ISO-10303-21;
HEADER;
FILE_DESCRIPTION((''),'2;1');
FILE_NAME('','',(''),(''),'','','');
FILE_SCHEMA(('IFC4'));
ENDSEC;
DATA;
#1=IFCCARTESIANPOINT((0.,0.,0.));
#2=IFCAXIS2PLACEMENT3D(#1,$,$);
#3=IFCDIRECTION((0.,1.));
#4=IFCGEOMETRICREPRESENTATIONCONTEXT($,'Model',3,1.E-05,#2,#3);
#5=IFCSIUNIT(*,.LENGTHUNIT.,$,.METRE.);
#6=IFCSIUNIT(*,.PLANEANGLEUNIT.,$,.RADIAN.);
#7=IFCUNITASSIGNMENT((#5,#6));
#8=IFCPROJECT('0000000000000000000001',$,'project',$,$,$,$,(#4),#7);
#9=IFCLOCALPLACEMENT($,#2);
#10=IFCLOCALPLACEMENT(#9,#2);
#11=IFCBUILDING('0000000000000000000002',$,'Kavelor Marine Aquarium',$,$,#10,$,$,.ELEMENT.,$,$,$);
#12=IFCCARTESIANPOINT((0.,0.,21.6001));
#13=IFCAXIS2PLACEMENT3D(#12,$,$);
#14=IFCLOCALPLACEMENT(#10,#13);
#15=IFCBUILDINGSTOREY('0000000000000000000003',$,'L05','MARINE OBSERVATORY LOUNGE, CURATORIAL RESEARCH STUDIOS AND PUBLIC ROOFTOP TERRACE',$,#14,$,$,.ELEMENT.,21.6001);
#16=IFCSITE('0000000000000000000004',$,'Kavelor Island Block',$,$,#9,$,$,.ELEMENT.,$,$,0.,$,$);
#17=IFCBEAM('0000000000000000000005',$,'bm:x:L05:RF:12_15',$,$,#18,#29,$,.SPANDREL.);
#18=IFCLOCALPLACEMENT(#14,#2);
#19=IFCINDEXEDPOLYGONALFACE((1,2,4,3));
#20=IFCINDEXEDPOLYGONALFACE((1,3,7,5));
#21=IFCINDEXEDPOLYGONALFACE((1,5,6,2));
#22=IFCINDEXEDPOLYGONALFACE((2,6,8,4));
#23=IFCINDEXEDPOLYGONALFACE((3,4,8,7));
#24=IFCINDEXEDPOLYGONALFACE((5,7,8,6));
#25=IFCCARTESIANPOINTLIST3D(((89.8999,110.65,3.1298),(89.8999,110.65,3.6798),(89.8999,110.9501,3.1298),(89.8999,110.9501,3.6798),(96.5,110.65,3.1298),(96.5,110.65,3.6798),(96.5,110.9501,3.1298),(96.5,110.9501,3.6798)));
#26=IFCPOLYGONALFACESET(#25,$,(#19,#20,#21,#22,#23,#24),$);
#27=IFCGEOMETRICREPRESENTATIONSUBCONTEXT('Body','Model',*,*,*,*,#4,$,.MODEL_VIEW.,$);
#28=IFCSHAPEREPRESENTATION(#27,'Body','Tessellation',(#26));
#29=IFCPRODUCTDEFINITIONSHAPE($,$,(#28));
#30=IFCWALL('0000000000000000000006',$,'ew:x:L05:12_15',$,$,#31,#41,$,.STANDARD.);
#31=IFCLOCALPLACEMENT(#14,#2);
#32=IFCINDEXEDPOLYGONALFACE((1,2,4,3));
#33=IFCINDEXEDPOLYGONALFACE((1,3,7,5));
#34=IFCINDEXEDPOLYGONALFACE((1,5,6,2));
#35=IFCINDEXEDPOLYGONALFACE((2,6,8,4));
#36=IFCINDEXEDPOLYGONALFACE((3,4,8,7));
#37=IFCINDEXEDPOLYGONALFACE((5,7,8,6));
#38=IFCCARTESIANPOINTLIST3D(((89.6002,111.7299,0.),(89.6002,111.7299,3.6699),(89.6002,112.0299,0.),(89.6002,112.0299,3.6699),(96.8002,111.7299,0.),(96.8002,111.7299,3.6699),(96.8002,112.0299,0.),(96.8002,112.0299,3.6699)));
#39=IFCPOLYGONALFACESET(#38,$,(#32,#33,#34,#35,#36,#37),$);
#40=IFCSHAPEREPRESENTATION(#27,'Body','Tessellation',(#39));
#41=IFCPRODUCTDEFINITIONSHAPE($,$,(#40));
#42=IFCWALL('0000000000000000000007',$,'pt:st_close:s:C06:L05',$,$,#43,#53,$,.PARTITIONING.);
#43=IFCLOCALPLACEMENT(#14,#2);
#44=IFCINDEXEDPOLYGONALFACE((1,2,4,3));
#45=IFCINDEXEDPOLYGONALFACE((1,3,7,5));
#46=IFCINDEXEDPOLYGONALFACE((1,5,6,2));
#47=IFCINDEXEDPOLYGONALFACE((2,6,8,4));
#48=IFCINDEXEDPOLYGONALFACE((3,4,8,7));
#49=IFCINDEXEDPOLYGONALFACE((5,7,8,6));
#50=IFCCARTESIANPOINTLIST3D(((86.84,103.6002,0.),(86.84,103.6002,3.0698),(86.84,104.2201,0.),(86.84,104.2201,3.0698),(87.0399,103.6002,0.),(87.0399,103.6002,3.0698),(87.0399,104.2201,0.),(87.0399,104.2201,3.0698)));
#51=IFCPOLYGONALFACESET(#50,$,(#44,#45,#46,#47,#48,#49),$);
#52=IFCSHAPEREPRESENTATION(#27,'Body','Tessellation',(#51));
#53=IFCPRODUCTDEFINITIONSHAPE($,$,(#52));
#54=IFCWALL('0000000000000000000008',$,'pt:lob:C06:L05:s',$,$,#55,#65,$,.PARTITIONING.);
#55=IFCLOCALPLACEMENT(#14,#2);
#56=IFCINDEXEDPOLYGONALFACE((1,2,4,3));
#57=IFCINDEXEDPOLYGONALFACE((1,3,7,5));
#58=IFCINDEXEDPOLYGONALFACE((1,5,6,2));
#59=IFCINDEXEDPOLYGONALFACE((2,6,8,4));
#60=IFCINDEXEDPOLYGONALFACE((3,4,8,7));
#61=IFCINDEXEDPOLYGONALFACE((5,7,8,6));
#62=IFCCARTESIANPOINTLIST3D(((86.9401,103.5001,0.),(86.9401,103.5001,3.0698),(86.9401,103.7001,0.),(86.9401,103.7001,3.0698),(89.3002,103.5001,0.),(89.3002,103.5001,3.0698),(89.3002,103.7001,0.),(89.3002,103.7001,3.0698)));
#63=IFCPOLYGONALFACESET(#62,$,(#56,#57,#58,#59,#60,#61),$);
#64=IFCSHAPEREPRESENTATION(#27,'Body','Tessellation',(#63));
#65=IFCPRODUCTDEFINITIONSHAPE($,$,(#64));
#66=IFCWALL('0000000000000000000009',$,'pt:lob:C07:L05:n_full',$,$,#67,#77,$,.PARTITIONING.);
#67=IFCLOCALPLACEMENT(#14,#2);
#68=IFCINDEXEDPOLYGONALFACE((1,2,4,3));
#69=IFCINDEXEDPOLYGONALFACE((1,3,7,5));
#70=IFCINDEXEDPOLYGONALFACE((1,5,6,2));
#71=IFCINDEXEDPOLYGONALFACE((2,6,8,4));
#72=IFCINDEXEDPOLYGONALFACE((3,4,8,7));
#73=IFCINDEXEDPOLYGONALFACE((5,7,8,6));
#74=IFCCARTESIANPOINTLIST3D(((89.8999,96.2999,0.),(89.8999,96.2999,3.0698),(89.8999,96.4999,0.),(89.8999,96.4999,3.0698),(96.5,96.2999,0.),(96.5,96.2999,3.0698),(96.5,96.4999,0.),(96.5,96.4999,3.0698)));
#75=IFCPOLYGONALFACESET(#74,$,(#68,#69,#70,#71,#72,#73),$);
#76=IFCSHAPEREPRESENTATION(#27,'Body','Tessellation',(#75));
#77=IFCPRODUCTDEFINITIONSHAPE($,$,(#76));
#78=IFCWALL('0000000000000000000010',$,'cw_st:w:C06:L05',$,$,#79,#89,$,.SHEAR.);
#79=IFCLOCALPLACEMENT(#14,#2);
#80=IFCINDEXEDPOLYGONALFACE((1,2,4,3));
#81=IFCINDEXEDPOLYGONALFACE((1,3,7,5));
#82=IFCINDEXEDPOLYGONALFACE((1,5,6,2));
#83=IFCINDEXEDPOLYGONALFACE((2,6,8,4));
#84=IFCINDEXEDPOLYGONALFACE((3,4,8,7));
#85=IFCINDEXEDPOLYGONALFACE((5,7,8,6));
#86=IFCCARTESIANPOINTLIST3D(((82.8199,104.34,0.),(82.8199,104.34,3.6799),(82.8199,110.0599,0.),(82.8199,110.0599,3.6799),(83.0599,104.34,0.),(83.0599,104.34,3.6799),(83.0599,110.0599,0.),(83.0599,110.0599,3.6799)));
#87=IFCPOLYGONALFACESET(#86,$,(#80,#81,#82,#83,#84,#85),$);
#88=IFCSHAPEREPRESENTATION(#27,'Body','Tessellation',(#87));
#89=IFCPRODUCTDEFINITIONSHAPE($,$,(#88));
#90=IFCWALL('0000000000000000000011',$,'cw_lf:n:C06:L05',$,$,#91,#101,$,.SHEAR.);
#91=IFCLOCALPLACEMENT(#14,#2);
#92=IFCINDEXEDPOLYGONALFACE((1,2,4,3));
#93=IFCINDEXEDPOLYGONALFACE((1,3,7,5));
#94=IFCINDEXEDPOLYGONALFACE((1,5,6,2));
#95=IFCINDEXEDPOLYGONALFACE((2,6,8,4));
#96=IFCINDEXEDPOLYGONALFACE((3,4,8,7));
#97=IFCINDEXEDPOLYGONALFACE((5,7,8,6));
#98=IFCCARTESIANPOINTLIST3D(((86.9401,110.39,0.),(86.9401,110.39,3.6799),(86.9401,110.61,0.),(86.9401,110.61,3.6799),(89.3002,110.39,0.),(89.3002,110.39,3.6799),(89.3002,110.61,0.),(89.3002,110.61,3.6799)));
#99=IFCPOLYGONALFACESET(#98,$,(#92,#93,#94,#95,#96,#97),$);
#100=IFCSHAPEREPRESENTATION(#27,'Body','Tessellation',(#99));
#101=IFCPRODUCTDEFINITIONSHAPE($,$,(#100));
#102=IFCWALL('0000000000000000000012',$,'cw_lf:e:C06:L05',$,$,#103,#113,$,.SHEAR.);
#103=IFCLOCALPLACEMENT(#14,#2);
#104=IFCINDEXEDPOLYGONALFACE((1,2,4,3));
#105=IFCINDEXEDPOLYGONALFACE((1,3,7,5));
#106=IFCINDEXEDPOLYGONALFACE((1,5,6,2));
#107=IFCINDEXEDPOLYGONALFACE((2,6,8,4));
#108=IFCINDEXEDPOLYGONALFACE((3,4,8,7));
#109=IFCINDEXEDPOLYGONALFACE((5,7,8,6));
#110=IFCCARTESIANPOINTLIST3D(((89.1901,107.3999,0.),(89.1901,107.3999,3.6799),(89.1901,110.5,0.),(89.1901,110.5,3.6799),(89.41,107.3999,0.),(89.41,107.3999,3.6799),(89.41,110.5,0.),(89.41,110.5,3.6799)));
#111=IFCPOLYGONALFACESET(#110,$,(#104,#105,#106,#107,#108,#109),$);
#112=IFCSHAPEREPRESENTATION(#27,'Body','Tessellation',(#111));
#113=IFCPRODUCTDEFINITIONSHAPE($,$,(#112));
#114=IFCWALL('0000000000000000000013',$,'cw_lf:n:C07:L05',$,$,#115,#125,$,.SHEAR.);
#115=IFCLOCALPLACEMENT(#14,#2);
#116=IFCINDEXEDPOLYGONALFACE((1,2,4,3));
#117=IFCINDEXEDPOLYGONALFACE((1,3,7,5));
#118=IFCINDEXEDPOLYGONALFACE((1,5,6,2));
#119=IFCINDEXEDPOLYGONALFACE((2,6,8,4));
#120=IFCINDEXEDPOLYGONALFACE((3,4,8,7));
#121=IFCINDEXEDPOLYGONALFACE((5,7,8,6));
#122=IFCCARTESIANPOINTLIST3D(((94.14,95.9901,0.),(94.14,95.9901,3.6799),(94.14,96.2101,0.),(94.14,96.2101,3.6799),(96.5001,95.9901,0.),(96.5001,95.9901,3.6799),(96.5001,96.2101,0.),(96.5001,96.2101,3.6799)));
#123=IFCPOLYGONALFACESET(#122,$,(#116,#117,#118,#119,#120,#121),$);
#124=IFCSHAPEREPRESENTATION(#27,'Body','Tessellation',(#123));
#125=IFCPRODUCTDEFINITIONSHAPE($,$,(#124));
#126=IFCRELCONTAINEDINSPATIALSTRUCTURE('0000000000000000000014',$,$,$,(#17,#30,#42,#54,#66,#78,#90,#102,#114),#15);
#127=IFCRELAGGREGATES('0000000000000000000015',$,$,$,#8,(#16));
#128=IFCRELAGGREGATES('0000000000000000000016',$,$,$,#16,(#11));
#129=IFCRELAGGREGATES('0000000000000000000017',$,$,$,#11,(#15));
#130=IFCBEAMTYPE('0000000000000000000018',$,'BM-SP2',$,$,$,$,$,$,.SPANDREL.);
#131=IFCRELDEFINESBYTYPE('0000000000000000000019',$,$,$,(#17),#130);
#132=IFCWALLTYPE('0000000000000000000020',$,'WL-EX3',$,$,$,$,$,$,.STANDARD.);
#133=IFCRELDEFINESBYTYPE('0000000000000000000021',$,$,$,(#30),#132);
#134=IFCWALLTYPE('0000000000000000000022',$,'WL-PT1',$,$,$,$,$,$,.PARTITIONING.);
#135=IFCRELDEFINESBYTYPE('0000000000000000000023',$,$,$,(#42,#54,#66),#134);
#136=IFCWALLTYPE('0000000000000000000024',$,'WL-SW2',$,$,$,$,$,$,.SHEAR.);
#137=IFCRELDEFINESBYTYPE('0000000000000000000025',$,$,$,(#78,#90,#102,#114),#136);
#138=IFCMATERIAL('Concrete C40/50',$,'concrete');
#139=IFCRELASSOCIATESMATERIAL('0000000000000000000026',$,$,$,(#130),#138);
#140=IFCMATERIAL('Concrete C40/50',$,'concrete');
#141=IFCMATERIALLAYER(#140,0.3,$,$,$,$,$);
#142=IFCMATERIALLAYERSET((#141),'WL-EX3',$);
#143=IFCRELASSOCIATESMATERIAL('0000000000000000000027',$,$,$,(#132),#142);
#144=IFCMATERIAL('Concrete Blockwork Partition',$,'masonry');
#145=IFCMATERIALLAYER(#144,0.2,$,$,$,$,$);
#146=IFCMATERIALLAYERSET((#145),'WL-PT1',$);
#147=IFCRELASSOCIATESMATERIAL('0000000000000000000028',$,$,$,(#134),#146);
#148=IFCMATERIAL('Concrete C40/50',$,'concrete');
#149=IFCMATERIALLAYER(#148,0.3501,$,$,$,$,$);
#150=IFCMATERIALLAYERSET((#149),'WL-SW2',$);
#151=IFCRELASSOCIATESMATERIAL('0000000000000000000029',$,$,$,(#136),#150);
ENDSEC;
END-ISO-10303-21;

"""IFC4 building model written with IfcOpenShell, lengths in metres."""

from ifc_helpers import new_model, si_unit, direction, frame, frame_2d, origin, origin_2d, place, context, subcontext, project, spatial, rectangle, extrude, material, layer, layer_set, material_profile, profile_set, type_object, element, save


model = new_model("IFC4")

# Units and contexts
model_context = context("Model", 3, precision=1e-05, world=origin(), true_north=direction((0.0, 1.0)))
body_context = subcontext(model_context, "Body", "Model", "MODEL_VIEW")
ifc_project = project(units=[si_unit("LENGTHUNIT", "METRE"), si_unit("PLANEANGLEUNIT", "RADIAN")], contexts=[model_context])

# Site, building, storey
site_placement = place(None, origin())
site = spatial("IfcSite", under=ifc_project, at=site_placement, Name="Kavelor Island Block", CompositionType="ELEMENT", RefElevation=0.0)
building_placement = place(site_placement, origin())
building = spatial("IfcBuilding", under=site, at=building_placement, Name="Kavelor Marine Aquarium", CompositionType="ELEMENT")
storey_placement = place(building_placement, frame((0.0, 0.0, 21.6001)))
storey = spatial("IfcBuildingStorey", under=building, at=storey_placement, Name="L05", Description="MARINE OBSERVATORY LOUNGE, CURATORIAL RESEARCH STUDIOS AND PUBLIC ROOFTOP TERRACE", CompositionType="ELEMENT", Elevation=21.6001)

# Beam
ifc_material_1 = material(Name="Concrete C40/50", Category="concrete")
ifc_material_profile_1 = material_profile(ifc_material_1, rectangle(XDim=0.3, YDim=0.55, at=origin_2d()), Name="RC-SP 300x550")
ifc_profile_set_1 = profile_set([ifc_material_profile_1], Name="Concrete C40/50")
beam_type_1 = type_object("IfcBeamType", Name="BM-SP2", PredefinedType="SPANDREL", material=ifc_profile_set_1)
beam_1_placement = place(storey_placement, frame((89.8999, 110.8, 3.4048), z_axis=(1.0, 0.0, 0.0), x_axis=(0.0, 1.0, 0.0)))
element("IfcBeam", 1, at=beam_1_placement, inside=storey, type_object=beam_type_1, Name="bm:x:L05:RF:12_15", PredefinedType="SPANDREL", context=body_context, shape_type="SweptSolid", body=[
    extrude(rectangle(XDim=0.3, YDim=0.55, at=origin_2d()), origin(), (0.0, 0.0, 1.0), 6.6001),
])

# Walls
ifc_material_2 = material(Name="Concrete C40/50", Category="concrete")
ifc_layer_1 = layer(ifc_material_2, 0.3)
ifc_layer_set_1 = layer_set([ifc_layer_1], Name="WL-EX3")
wall_type_1 = type_object("IfcWallType", Name="WL-EX3", PredefinedType="STANDARD", material=ifc_layer_set_1)
wall_1_placement = place(storey_placement, frame((89.6001, 111.8799, 0.0), z_axis=(0.0, 0.0, 1.0), x_axis=(1.0, 0.0, 0.0)))
element("IfcWall", 2, at=wall_1_placement, inside=storey, type_object=wall_type_1, Name="ew:x:L05:12_15", PredefinedType="STANDARD", context=body_context, shape_type="SweptSolid", body=[
    extrude(rectangle(XDim=7.2, YDim=0.3, at=frame_2d((3.6001, 0.0))), origin(), (0.0, 0.0, 1.0), 3.6699),
])
ifc_material_3 = material(Name="Concrete Blockwork Partition", Category="masonry")
ifc_layer_2 = layer(ifc_material_3, 0.2)
ifc_layer_set_2 = layer_set([ifc_layer_2], Name="WL-PT1")
wall_type_2 = type_object("IfcWallType", Name="WL-PT1", PredefinedType="PARTITIONING", material=ifc_layer_set_2)
wall_2_placement = place(storey_placement, frame((86.9399, 103.6001, 0.0), z_axis=(0.0, 0.0, 1.0), x_axis=(0.0, 1.0, 0.0)))
element("IfcWall", 3, at=wall_2_placement, inside=storey, type_object=wall_type_2, Name="pt:st_close:s:C06:L05", PredefinedType="PARTITIONING", context=body_context, shape_type="SweptSolid", body=[
    extrude(rectangle(XDim=0.6199, YDim=0.2, at=frame_2d((0.3101, 0.0))), origin(), (0.0, 0.0, 1.0), 3.0698),
])

# Walls
wall_3_placement = place(storey_placement, frame((86.9399, 103.6001, 0.0), z_axis=(0.0, 0.0, 1.0), x_axis=(1.0, 0.0, 0.0)))
element("IfcWall", 4, at=wall_3_placement, inside=storey, type_object=wall_type_2, Name="pt:lob:C06:L05:s", PredefinedType="PARTITIONING", context=body_context, shape_type="SweptSolid", body=[
    extrude(rectangle(XDim=2.3601, YDim=0.2, at=frame_2d((1.1802, 0.0))), origin(), (0.0, 0.0, 1.0), 3.0698),
])
wall_4_placement = place(storey_placement, frame((89.8999, 96.3999, 0.0), z_axis=(0.0, 0.0, 1.0), x_axis=(1.0, 0.0, 0.0)))
element("IfcWall", 5, at=wall_4_placement, inside=storey, type_object=wall_type_2, Name="pt:lob:C07:L05:n_full", PredefinedType="PARTITIONING", context=body_context, shape_type="SweptSolid", body=[
    extrude(rectangle(XDim=6.6001, YDim=0.2, at=frame_2d((3.3, 0.0))), origin(), (0.0, 0.0, 1.0), 3.0698),
])
ifc_material_4 = material(Name="Concrete C40/50", Category="concrete")
ifc_layer_3 = layer(ifc_material_4, 0.3501)
ifc_layer_set_3 = layer_set([ifc_layer_3], Name="WL-SW2")
wall_type_3 = type_object("IfcWallType", Name="WL-SW2", PredefinedType="SHEAR", material=ifc_layer_set_3)
wall_5_placement = place(storey_placement, frame((82.9399, 104.3401, 0.0), z_axis=(0.0, 0.0, 1.0), x_axis=(0.0, 1.0, 0.0)))
element("IfcWall", 6, at=wall_5_placement, inside=storey, type_object=wall_type_3, Name="cw_st:w:C06:L05", PredefinedType="SHEAR", context=body_context, shape_type="SweptSolid", body=[
    extrude(rectangle(XDim=5.72, YDim=0.24, at=frame_2d((2.8599, 0.0))), origin(), (0.0, 0.0, 1.0), 3.6799),
])

# Walls
wall_6_placement = place(storey_placement, frame((86.9399, 110.5, 0.0), z_axis=(0.0, 0.0, 1.0), x_axis=(1.0, 0.0, 0.0)))
element("IfcWall", 7, at=wall_6_placement, inside=storey, type_object=wall_type_3, Name="cw_lf:n:C06:L05", PredefinedType="SHEAR", context=body_context, shape_type="SweptSolid", body=[
    extrude(rectangle(XDim=2.3601, YDim=0.22, at=frame_2d((1.1802, 0.0))), origin(), (0.0, 0.0, 1.0), 3.6799),
])
wall_7_placement = place(storey_placement, frame((89.3, 107.3999, 0.0), z_axis=(0.0, 0.0, 1.0), x_axis=(0.0, 1.0, 0.0)))
element("IfcWall", 8, at=wall_7_placement, inside=storey, type_object=wall_type_3, Name="cw_lf:e:C06:L05", PredefinedType="SHEAR", context=body_context, shape_type="SweptSolid", body=[
    extrude(rectangle(XDim=3.1001, YDim=0.22, at=frame_2d((1.55, 0.0))), origin(), (0.0, 0.0, 1.0), 3.6799),
])
wall_8_placement = place(storey_placement, frame((94.1399, 96.1001, 0.0), z_axis=(0.0, 0.0, 1.0), x_axis=(1.0, 0.0, 0.0)))
element("IfcWall", 9, at=wall_8_placement, inside=storey, type_object=wall_type_3, Name="cw_lf:n:C07:L05", PredefinedType="SHEAR", context=body_context, shape_type="SweptSolid", body=[
    extrude(rectangle(XDim=2.3601, YDim=0.22, at=frame_2d((1.1802, 0.0))), origin(), (0.0, 0.0, 1.0), 3.6799),
])

save(model, "model.ifc")
